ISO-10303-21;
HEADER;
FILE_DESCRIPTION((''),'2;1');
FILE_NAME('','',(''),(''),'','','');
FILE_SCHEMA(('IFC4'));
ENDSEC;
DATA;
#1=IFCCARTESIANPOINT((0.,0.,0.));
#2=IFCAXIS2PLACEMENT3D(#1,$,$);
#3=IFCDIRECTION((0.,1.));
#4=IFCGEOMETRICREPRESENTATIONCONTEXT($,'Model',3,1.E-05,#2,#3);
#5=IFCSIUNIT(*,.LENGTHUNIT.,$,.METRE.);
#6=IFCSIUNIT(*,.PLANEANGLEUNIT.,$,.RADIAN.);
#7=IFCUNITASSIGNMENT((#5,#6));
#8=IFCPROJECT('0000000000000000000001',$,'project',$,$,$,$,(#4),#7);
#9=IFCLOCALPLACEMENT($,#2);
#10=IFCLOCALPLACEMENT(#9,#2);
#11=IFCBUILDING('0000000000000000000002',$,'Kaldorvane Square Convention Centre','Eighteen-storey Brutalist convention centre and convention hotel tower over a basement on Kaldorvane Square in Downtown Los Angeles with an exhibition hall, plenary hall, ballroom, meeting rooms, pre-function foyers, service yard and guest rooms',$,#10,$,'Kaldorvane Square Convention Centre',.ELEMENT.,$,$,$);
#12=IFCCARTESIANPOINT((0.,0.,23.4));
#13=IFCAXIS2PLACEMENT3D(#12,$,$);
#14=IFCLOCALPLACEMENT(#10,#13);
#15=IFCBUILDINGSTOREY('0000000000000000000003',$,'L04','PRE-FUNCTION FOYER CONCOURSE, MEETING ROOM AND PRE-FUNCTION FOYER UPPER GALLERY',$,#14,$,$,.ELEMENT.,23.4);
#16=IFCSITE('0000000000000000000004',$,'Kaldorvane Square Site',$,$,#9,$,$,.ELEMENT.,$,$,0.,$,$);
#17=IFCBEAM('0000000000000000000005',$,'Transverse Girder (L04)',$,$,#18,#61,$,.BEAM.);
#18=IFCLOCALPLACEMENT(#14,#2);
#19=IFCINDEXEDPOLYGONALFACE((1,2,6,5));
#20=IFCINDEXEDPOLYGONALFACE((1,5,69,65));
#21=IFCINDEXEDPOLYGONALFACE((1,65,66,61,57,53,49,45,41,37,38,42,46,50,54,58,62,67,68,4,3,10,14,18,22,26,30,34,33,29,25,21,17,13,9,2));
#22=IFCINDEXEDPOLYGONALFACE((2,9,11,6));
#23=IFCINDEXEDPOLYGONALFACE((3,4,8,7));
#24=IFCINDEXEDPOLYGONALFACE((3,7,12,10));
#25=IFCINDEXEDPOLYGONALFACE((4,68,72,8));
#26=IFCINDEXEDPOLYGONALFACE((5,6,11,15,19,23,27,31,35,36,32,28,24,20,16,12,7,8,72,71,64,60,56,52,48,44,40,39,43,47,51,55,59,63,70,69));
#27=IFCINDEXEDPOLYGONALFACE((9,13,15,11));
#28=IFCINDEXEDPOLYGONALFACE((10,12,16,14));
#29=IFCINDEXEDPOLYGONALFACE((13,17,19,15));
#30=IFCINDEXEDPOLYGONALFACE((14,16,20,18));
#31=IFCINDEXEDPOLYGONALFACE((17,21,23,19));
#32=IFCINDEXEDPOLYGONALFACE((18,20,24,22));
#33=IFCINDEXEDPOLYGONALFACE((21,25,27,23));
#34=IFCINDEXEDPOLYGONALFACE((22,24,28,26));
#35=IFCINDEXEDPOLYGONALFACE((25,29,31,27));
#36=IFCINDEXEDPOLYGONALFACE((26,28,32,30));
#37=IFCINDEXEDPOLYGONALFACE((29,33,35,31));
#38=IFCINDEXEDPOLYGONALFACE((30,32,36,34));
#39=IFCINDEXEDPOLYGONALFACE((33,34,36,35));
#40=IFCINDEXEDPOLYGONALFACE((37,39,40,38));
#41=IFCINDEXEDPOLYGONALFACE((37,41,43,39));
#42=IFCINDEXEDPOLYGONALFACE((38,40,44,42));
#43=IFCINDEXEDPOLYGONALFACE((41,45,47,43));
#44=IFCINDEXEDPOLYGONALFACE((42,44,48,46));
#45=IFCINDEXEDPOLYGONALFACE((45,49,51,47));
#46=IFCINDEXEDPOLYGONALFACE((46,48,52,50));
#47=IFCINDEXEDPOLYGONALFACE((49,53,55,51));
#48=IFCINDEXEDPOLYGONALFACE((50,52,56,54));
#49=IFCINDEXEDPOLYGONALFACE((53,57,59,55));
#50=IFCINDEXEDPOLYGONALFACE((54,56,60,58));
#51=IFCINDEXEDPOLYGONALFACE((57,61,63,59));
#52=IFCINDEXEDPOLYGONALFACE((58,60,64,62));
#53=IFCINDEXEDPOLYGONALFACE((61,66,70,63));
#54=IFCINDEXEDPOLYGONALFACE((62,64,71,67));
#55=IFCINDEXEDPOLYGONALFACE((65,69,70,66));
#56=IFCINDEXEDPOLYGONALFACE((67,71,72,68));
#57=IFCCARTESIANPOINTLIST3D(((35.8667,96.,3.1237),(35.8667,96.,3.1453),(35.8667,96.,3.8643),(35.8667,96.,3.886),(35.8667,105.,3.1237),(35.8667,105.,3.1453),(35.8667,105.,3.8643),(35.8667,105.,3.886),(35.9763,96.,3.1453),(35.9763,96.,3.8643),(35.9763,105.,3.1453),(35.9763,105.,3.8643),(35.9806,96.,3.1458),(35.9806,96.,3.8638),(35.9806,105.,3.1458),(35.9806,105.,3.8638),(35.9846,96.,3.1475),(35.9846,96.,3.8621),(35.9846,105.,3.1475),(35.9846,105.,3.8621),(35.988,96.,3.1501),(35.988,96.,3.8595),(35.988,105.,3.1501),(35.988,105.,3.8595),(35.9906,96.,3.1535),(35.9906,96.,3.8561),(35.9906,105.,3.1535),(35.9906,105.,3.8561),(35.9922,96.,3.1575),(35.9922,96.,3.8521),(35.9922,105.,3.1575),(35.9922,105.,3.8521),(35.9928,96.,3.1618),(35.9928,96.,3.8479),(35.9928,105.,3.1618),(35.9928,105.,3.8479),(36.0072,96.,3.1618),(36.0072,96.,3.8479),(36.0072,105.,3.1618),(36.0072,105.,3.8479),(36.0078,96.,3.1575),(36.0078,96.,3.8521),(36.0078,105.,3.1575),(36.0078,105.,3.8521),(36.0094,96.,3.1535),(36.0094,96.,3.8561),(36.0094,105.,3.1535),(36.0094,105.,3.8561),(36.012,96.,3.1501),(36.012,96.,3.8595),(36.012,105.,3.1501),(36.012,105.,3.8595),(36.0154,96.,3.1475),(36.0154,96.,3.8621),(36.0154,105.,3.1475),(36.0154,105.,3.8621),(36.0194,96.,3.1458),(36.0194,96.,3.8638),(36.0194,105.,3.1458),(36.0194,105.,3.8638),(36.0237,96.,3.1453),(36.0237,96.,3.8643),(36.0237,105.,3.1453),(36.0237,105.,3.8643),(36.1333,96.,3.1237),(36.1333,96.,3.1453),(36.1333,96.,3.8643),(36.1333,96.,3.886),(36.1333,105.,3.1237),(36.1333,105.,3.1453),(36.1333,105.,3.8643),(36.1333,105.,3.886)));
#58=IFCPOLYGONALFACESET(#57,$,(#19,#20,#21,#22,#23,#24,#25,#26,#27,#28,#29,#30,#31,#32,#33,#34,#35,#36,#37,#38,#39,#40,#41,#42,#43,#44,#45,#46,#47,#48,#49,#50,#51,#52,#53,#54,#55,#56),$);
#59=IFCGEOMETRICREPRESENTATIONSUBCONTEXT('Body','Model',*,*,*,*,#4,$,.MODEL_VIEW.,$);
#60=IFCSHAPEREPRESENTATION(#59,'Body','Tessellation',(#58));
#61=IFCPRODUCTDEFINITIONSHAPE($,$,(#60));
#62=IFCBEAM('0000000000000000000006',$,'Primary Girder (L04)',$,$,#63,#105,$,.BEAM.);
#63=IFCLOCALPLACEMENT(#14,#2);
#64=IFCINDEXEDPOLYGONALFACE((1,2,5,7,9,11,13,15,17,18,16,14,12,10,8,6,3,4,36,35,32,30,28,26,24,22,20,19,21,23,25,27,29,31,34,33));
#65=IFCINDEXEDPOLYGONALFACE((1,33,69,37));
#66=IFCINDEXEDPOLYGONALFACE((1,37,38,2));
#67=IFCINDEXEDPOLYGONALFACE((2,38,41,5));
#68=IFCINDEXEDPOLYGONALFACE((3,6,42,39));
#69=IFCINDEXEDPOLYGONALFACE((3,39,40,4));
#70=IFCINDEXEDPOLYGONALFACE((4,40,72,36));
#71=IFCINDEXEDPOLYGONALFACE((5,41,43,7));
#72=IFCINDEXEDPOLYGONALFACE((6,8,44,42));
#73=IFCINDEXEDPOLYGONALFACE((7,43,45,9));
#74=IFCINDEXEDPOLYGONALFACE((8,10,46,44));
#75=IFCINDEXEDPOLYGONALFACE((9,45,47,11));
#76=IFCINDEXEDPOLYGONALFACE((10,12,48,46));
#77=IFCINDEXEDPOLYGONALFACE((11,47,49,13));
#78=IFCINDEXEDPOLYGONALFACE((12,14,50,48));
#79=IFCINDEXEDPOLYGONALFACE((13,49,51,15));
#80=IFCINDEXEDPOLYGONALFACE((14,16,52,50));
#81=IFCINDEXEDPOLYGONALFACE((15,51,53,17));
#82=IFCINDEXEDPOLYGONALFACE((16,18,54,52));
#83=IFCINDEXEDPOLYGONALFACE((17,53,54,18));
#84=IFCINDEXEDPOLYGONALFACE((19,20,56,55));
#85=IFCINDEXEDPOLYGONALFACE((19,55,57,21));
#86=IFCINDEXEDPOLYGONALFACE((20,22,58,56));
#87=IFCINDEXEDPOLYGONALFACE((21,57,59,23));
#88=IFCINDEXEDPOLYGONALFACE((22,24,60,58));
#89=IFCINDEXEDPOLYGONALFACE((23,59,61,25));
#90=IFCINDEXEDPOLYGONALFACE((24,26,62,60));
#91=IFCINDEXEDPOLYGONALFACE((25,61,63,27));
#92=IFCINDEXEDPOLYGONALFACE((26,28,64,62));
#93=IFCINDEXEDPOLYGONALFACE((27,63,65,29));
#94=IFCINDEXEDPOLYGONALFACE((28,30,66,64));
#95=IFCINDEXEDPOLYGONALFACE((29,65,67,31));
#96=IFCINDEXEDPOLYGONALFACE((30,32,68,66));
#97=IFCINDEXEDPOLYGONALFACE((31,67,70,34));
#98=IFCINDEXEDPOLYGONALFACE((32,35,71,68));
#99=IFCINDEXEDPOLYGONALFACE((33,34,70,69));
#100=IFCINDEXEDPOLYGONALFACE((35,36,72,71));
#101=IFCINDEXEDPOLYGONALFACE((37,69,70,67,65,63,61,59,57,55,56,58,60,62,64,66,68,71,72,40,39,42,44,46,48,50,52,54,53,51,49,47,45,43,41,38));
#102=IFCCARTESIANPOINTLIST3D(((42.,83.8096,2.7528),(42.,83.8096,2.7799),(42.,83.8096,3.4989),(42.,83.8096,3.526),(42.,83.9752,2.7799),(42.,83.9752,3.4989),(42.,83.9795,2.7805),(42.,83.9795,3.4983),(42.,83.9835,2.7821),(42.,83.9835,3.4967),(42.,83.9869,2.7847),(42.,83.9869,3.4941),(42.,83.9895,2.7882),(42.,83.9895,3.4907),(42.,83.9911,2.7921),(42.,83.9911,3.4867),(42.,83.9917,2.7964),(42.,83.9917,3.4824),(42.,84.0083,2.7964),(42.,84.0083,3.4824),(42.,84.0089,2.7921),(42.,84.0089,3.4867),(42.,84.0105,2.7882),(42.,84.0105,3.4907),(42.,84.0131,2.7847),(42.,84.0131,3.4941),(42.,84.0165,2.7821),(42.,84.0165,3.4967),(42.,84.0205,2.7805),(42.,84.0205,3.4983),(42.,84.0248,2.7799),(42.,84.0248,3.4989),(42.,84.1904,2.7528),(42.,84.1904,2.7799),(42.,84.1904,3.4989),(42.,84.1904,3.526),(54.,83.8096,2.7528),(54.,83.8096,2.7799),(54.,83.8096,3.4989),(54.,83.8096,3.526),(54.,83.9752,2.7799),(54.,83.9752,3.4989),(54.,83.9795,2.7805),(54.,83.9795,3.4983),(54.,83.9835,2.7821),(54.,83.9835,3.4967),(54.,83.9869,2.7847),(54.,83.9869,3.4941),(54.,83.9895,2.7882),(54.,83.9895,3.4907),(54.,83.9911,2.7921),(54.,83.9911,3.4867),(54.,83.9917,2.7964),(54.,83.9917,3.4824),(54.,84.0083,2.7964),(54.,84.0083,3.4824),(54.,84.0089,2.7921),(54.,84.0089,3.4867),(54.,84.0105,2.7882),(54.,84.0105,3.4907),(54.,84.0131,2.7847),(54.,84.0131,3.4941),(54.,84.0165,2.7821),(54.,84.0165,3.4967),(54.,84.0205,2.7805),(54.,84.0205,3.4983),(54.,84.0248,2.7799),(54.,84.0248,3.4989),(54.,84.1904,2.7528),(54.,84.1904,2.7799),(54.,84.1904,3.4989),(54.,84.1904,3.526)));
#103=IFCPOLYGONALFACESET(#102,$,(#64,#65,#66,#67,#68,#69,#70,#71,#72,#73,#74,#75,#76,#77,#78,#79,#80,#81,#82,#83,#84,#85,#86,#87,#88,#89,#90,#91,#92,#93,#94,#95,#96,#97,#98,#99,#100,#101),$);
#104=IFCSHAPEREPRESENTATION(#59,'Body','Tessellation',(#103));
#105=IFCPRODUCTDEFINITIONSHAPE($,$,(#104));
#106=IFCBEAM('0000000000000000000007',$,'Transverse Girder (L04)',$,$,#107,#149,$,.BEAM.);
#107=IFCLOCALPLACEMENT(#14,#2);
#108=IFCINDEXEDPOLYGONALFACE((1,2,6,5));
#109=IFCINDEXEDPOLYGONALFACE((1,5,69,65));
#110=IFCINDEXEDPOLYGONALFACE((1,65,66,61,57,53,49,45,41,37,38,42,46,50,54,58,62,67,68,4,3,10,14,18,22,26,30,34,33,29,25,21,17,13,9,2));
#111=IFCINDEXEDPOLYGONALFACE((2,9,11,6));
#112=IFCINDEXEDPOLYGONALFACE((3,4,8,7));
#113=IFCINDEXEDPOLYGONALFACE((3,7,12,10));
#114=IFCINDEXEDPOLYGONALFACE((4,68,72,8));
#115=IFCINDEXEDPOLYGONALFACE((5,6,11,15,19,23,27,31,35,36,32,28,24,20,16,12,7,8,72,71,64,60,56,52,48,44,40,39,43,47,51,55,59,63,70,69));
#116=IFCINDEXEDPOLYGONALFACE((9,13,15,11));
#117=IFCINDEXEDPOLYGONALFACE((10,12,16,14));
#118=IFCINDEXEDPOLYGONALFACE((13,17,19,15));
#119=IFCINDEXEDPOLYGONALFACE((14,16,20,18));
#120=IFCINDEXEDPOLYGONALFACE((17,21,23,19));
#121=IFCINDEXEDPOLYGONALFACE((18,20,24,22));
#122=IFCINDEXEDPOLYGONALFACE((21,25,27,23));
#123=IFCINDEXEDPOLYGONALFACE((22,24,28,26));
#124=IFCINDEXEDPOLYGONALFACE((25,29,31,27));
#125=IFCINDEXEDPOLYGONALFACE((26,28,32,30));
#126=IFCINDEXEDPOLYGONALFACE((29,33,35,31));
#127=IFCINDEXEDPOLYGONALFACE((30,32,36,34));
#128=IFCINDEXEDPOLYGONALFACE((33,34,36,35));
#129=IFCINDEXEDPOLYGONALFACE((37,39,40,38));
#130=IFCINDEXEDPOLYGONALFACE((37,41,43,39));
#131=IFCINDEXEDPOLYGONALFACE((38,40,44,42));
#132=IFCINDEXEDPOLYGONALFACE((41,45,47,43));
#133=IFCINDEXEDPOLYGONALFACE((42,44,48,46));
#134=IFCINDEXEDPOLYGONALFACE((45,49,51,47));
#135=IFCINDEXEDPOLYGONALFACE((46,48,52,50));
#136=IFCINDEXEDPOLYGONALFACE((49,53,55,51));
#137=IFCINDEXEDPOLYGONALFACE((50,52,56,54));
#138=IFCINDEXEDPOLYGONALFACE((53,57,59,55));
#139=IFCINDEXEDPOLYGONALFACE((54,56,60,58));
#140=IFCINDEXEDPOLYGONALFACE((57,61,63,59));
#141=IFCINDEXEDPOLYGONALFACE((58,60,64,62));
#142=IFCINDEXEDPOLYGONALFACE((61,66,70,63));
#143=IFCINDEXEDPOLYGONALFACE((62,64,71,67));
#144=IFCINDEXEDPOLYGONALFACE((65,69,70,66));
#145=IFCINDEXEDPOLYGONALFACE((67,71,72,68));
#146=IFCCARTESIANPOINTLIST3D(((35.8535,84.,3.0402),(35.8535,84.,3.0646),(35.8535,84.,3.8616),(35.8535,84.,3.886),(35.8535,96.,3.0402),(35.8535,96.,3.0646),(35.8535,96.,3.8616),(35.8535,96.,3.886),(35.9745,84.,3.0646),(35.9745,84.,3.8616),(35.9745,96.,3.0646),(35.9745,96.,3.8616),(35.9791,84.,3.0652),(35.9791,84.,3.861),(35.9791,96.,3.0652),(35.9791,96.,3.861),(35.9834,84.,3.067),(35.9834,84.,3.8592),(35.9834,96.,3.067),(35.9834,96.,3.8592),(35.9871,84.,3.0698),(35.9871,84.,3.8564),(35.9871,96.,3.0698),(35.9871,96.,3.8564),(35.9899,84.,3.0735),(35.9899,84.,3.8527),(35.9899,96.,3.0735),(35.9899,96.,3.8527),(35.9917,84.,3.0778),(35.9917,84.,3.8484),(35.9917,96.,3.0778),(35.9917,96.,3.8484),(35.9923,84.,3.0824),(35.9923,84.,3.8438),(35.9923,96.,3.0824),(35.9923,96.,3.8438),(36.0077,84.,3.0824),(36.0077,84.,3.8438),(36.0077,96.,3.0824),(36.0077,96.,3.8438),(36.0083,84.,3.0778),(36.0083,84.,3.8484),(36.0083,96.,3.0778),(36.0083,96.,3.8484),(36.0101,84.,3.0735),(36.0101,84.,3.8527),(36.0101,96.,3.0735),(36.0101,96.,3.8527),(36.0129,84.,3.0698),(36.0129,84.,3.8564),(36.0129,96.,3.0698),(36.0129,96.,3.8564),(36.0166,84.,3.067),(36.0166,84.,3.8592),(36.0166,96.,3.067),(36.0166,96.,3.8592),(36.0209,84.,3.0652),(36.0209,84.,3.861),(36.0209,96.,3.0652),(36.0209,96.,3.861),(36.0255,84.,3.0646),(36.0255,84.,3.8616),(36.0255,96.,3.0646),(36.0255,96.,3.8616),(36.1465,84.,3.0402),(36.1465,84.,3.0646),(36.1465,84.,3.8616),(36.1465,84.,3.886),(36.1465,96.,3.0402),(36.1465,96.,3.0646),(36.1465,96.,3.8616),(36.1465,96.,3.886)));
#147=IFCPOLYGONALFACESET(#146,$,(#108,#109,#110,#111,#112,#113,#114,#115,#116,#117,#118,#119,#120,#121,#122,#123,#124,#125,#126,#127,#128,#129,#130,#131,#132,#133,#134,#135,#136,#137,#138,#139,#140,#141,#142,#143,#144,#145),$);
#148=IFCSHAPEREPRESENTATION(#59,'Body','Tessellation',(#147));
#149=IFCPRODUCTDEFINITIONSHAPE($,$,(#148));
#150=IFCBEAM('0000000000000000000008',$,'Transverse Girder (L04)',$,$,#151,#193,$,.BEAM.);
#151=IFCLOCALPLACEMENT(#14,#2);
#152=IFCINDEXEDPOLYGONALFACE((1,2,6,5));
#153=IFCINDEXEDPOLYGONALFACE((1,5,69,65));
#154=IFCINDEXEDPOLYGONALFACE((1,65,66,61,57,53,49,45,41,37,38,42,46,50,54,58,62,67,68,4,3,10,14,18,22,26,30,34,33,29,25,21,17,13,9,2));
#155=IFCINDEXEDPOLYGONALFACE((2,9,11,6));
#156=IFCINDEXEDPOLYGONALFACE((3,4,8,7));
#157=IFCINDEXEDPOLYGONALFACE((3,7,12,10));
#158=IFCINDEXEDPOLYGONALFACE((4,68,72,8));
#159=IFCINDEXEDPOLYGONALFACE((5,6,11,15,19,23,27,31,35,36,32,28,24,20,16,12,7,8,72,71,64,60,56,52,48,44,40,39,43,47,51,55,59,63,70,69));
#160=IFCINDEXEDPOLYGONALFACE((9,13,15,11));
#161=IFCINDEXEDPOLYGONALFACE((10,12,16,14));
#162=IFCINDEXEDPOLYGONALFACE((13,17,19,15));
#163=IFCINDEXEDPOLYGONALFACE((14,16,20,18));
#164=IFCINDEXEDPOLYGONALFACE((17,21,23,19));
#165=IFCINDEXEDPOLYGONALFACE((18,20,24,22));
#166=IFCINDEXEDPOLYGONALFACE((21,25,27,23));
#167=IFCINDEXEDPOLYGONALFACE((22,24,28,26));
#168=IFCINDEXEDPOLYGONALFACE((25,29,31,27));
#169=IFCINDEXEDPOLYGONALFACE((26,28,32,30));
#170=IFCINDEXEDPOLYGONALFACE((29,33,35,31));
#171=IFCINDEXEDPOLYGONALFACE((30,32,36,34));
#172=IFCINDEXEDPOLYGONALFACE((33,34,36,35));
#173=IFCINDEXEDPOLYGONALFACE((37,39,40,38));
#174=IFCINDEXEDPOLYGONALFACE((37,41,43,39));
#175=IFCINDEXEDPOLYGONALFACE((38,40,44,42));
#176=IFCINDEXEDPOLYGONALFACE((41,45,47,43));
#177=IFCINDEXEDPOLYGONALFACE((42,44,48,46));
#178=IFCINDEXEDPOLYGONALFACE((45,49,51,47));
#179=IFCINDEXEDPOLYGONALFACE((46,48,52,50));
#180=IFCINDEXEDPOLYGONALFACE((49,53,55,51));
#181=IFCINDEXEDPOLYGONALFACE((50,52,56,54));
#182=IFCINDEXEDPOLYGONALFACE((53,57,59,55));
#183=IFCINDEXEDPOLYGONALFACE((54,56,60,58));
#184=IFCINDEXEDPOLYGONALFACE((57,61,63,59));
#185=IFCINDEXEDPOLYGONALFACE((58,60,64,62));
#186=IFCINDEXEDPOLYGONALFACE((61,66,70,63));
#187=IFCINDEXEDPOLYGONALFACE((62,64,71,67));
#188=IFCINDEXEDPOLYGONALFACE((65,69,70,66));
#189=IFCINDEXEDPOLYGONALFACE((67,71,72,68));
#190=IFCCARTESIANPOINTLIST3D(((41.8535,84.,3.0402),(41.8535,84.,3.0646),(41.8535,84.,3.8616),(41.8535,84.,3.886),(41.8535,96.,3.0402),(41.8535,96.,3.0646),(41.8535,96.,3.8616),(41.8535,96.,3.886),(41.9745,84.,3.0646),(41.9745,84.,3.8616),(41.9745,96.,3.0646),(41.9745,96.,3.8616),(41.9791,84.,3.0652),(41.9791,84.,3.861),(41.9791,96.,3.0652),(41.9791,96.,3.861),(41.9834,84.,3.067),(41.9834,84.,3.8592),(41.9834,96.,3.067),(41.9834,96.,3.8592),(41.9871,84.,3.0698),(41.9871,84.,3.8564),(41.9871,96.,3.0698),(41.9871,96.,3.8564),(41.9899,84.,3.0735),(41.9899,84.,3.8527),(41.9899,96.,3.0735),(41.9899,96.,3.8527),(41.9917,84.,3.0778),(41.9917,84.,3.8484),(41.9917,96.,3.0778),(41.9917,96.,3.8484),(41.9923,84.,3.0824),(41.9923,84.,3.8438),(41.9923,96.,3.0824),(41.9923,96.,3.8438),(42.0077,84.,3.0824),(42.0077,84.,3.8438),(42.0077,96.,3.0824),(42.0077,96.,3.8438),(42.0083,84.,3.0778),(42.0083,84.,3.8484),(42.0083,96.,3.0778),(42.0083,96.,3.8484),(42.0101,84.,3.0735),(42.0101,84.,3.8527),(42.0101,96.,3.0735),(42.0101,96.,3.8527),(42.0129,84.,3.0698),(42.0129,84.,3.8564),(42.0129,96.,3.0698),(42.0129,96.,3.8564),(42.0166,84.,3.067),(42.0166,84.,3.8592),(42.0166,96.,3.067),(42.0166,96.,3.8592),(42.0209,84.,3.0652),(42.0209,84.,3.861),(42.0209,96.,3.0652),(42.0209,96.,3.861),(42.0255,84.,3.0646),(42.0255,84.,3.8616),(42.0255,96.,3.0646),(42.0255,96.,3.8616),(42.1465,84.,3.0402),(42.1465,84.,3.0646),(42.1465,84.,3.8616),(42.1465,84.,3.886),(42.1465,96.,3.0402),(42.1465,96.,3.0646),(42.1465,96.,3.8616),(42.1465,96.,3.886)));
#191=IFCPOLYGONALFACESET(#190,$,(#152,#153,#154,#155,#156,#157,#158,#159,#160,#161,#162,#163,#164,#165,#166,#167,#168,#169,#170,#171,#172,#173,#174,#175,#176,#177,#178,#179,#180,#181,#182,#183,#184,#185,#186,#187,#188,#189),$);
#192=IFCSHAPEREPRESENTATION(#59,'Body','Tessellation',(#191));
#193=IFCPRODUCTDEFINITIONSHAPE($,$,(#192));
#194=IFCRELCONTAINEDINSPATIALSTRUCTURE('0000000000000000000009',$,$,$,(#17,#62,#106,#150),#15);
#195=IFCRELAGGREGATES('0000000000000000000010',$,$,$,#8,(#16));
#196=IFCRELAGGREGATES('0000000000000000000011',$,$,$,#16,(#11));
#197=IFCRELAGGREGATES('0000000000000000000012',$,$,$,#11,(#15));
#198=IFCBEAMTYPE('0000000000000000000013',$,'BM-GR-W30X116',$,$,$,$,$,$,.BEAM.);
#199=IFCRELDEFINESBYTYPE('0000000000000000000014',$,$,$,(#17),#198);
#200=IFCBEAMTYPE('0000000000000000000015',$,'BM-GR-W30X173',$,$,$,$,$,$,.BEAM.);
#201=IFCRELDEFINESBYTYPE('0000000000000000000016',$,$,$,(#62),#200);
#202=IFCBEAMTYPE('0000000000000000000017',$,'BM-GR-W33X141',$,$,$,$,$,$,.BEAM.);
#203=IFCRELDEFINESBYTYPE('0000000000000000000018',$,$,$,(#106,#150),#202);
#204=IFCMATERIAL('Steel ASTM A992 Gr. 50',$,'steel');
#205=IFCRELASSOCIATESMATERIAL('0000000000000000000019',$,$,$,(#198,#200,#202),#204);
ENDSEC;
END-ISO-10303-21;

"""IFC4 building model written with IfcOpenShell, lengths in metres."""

from ifc_helpers import new_model, si_unit, direction, frame, origin, origin_2d, place, context, subcontext, project, spatial, i_section, extrude, material, material_profile, profile_set, type_object, element, save


model = new_model("IFC4")

# Units and contexts
model_context = context("Model", 3, precision=1e-05, world=origin(), true_north=direction((0.0, 1.0)))
body_context = subcontext(model_context, "Body", "Model", "MODEL_VIEW")
ifc_project = project(units=[si_unit("LENGTHUNIT", "METRE"), si_unit("PLANEANGLEUNIT", "RADIAN")], contexts=[model_context])

# Site, building, storey
site_placement = place(None, origin())
site = spatial("IfcSite", under=ifc_project, at=site_placement, Name="Kaldorvane Square Site", CompositionType="ELEMENT", RefElevation=0.0)
building_placement = place(site_placement, origin())
building = spatial("IfcBuilding", under=site, at=building_placement, Name="Kaldorvane Square Convention Centre", Description="Eighteen-storey Brutalist convention centre and convention hotel tower over a basement on Kaldorvane Square in Downtown Los Angeles with an exhibition hall, plenary hall, ballroom, meeting rooms, pre-function foyers, service yard and guest rooms", LongName="Kaldorvane Square Convention Centre", CompositionType="ELEMENT")
storey_placement = place(building_placement, frame((0.0, 0.0, 23.4)))
storey = spatial("IfcBuildingStorey", under=building, at=storey_placement, Name="L04", Description="PRE-FUNCTION FOYER CONCOURSE, MEETING ROOM AND PRE-FUNCTION FOYER UPPER GALLERY", CompositionType="ELEMENT", Elevation=23.4)

# Shared definitions
ifc_material_1 = material(Name="Steel ASTM A992 Gr. 50", Category="steel")

# Beams
ifc_material_profile_1 = material_profile(ifc_material_1, i_section(OverallWidth=0.2666, OverallDepth=0.7623, WebThickness=0.0144, FlangeThickness=0.0216, FilletRadius=0.0165, at=origin_2d()), Name="W30X116")
ifc_profile_set_1 = profile_set([ifc_material_profile_1], Name="Steel ASTM A992 Gr. 50")
beam_type_1 = type_object("IfcBeamType", Name="BM-GR-W30X116", PredefinedType="BEAM", material=ifc_profile_set_1)
for number, where, z_axis, x_axis, name in (
    (1, (36.0, 96.0, 3.5048), (0.0, 1.0, 0.0), (-1.0, 0.0, 0.0), "Transverse Girder (L04)"),
):
    element("IfcBeam", number, at=place(storey_placement, frame(where, z_axis=z_axis, x_axis=x_axis)), inside=storey, type_object=beam_type_1, Name=name, PredefinedType="BEAM", context=body_context, shape_type="SweptSolid", body=[
        extrude(i_section(OverallWidth=0.2666, OverallDepth=0.7623, WebThickness=0.0144, FlangeThickness=0.0216, FilletRadius=0.0165, at=origin_2d()), origin(), (0.0, 0.0, 1.0), 9.0),
    ])
ifc_material_profile_2 = material_profile(ifc_material_1, i_section(OverallWidth=0.3807, OverallDepth=0.7732, WebThickness=0.0166, FlangeThickness=0.0271, FilletRadius=0.0165, at=origin_2d()), Name="W30X173")
ifc_profile_set_2 = profile_set([ifc_material_profile_2], Name="Steel ASTM A992 Gr. 50")
beam_type_2 = type_object("IfcBeamType", Name="BM-GR-W30X173", PredefinedType="BEAM", material=ifc_profile_set_2)
beam_1_placement = place(storey_placement, frame((42.0, 84.0, 3.1394), z_axis=(1.0, 0.0, 0.0), x_axis=(0.0, 1.0, 0.0)))
element("IfcBeam", 2, at=beam_1_placement, inside=storey, type_object=beam_type_2, Name="Primary Girder (L04)", PredefinedType="BEAM", context=body_context, shape_type="SweptSolid", body=[
    extrude(i_section(OverallWidth=0.3807, OverallDepth=0.7732, WebThickness=0.0166, FlangeThickness=0.0271, FilletRadius=0.0165, at=origin_2d()), origin(), (0.0, 0.0, 1.0), 12.0),
])
ifc_material_profile_3 = material_profile(ifc_material_1, i_section(OverallWidth=0.293, OverallDepth=0.8458, WebThickness=0.0154, FlangeThickness=0.0244, FilletRadius=0.0178, at=origin_2d()), Name="W33X141")
ifc_profile_set_3 = profile_set([ifc_material_profile_3], Name="Steel ASTM A992 Gr. 50")
beam_type_3 = type_object("IfcBeamType", Name="BM-GR-W33X141", PredefinedType="BEAM", material=ifc_profile_set_3)
for number, where, z_axis, x_axis, name in (
    (3, (36.0, 84.0, 3.4631), (0.0, 1.0, 0.0), (-1.0, 0.0, 0.0), "Transverse Girder (L04)"),
    (4, (42.0, 84.0, 3.4631), (0.0, 1.0, 0.0), (-1.0, 0.0, 0.0), "Transverse Girder (L04)"),
):
    element("IfcBeam", number, at=place(storey_placement, frame(where, z_axis=z_axis, x_axis=x_axis)), inside=storey, type_object=beam_type_3, Name=name, PredefinedType="BEAM", context=body_context, shape_type="SweptSolid", body=[
        extrude(i_section(OverallWidth=0.293, OverallDepth=0.8458, WebThickness=0.0154, FlangeThickness=0.0244, FilletRadius=0.0178, at=origin_2d()), origin(), (0.0, 0.0, 1.0), 12.0),
    ])

save(model, "model.ifc")
